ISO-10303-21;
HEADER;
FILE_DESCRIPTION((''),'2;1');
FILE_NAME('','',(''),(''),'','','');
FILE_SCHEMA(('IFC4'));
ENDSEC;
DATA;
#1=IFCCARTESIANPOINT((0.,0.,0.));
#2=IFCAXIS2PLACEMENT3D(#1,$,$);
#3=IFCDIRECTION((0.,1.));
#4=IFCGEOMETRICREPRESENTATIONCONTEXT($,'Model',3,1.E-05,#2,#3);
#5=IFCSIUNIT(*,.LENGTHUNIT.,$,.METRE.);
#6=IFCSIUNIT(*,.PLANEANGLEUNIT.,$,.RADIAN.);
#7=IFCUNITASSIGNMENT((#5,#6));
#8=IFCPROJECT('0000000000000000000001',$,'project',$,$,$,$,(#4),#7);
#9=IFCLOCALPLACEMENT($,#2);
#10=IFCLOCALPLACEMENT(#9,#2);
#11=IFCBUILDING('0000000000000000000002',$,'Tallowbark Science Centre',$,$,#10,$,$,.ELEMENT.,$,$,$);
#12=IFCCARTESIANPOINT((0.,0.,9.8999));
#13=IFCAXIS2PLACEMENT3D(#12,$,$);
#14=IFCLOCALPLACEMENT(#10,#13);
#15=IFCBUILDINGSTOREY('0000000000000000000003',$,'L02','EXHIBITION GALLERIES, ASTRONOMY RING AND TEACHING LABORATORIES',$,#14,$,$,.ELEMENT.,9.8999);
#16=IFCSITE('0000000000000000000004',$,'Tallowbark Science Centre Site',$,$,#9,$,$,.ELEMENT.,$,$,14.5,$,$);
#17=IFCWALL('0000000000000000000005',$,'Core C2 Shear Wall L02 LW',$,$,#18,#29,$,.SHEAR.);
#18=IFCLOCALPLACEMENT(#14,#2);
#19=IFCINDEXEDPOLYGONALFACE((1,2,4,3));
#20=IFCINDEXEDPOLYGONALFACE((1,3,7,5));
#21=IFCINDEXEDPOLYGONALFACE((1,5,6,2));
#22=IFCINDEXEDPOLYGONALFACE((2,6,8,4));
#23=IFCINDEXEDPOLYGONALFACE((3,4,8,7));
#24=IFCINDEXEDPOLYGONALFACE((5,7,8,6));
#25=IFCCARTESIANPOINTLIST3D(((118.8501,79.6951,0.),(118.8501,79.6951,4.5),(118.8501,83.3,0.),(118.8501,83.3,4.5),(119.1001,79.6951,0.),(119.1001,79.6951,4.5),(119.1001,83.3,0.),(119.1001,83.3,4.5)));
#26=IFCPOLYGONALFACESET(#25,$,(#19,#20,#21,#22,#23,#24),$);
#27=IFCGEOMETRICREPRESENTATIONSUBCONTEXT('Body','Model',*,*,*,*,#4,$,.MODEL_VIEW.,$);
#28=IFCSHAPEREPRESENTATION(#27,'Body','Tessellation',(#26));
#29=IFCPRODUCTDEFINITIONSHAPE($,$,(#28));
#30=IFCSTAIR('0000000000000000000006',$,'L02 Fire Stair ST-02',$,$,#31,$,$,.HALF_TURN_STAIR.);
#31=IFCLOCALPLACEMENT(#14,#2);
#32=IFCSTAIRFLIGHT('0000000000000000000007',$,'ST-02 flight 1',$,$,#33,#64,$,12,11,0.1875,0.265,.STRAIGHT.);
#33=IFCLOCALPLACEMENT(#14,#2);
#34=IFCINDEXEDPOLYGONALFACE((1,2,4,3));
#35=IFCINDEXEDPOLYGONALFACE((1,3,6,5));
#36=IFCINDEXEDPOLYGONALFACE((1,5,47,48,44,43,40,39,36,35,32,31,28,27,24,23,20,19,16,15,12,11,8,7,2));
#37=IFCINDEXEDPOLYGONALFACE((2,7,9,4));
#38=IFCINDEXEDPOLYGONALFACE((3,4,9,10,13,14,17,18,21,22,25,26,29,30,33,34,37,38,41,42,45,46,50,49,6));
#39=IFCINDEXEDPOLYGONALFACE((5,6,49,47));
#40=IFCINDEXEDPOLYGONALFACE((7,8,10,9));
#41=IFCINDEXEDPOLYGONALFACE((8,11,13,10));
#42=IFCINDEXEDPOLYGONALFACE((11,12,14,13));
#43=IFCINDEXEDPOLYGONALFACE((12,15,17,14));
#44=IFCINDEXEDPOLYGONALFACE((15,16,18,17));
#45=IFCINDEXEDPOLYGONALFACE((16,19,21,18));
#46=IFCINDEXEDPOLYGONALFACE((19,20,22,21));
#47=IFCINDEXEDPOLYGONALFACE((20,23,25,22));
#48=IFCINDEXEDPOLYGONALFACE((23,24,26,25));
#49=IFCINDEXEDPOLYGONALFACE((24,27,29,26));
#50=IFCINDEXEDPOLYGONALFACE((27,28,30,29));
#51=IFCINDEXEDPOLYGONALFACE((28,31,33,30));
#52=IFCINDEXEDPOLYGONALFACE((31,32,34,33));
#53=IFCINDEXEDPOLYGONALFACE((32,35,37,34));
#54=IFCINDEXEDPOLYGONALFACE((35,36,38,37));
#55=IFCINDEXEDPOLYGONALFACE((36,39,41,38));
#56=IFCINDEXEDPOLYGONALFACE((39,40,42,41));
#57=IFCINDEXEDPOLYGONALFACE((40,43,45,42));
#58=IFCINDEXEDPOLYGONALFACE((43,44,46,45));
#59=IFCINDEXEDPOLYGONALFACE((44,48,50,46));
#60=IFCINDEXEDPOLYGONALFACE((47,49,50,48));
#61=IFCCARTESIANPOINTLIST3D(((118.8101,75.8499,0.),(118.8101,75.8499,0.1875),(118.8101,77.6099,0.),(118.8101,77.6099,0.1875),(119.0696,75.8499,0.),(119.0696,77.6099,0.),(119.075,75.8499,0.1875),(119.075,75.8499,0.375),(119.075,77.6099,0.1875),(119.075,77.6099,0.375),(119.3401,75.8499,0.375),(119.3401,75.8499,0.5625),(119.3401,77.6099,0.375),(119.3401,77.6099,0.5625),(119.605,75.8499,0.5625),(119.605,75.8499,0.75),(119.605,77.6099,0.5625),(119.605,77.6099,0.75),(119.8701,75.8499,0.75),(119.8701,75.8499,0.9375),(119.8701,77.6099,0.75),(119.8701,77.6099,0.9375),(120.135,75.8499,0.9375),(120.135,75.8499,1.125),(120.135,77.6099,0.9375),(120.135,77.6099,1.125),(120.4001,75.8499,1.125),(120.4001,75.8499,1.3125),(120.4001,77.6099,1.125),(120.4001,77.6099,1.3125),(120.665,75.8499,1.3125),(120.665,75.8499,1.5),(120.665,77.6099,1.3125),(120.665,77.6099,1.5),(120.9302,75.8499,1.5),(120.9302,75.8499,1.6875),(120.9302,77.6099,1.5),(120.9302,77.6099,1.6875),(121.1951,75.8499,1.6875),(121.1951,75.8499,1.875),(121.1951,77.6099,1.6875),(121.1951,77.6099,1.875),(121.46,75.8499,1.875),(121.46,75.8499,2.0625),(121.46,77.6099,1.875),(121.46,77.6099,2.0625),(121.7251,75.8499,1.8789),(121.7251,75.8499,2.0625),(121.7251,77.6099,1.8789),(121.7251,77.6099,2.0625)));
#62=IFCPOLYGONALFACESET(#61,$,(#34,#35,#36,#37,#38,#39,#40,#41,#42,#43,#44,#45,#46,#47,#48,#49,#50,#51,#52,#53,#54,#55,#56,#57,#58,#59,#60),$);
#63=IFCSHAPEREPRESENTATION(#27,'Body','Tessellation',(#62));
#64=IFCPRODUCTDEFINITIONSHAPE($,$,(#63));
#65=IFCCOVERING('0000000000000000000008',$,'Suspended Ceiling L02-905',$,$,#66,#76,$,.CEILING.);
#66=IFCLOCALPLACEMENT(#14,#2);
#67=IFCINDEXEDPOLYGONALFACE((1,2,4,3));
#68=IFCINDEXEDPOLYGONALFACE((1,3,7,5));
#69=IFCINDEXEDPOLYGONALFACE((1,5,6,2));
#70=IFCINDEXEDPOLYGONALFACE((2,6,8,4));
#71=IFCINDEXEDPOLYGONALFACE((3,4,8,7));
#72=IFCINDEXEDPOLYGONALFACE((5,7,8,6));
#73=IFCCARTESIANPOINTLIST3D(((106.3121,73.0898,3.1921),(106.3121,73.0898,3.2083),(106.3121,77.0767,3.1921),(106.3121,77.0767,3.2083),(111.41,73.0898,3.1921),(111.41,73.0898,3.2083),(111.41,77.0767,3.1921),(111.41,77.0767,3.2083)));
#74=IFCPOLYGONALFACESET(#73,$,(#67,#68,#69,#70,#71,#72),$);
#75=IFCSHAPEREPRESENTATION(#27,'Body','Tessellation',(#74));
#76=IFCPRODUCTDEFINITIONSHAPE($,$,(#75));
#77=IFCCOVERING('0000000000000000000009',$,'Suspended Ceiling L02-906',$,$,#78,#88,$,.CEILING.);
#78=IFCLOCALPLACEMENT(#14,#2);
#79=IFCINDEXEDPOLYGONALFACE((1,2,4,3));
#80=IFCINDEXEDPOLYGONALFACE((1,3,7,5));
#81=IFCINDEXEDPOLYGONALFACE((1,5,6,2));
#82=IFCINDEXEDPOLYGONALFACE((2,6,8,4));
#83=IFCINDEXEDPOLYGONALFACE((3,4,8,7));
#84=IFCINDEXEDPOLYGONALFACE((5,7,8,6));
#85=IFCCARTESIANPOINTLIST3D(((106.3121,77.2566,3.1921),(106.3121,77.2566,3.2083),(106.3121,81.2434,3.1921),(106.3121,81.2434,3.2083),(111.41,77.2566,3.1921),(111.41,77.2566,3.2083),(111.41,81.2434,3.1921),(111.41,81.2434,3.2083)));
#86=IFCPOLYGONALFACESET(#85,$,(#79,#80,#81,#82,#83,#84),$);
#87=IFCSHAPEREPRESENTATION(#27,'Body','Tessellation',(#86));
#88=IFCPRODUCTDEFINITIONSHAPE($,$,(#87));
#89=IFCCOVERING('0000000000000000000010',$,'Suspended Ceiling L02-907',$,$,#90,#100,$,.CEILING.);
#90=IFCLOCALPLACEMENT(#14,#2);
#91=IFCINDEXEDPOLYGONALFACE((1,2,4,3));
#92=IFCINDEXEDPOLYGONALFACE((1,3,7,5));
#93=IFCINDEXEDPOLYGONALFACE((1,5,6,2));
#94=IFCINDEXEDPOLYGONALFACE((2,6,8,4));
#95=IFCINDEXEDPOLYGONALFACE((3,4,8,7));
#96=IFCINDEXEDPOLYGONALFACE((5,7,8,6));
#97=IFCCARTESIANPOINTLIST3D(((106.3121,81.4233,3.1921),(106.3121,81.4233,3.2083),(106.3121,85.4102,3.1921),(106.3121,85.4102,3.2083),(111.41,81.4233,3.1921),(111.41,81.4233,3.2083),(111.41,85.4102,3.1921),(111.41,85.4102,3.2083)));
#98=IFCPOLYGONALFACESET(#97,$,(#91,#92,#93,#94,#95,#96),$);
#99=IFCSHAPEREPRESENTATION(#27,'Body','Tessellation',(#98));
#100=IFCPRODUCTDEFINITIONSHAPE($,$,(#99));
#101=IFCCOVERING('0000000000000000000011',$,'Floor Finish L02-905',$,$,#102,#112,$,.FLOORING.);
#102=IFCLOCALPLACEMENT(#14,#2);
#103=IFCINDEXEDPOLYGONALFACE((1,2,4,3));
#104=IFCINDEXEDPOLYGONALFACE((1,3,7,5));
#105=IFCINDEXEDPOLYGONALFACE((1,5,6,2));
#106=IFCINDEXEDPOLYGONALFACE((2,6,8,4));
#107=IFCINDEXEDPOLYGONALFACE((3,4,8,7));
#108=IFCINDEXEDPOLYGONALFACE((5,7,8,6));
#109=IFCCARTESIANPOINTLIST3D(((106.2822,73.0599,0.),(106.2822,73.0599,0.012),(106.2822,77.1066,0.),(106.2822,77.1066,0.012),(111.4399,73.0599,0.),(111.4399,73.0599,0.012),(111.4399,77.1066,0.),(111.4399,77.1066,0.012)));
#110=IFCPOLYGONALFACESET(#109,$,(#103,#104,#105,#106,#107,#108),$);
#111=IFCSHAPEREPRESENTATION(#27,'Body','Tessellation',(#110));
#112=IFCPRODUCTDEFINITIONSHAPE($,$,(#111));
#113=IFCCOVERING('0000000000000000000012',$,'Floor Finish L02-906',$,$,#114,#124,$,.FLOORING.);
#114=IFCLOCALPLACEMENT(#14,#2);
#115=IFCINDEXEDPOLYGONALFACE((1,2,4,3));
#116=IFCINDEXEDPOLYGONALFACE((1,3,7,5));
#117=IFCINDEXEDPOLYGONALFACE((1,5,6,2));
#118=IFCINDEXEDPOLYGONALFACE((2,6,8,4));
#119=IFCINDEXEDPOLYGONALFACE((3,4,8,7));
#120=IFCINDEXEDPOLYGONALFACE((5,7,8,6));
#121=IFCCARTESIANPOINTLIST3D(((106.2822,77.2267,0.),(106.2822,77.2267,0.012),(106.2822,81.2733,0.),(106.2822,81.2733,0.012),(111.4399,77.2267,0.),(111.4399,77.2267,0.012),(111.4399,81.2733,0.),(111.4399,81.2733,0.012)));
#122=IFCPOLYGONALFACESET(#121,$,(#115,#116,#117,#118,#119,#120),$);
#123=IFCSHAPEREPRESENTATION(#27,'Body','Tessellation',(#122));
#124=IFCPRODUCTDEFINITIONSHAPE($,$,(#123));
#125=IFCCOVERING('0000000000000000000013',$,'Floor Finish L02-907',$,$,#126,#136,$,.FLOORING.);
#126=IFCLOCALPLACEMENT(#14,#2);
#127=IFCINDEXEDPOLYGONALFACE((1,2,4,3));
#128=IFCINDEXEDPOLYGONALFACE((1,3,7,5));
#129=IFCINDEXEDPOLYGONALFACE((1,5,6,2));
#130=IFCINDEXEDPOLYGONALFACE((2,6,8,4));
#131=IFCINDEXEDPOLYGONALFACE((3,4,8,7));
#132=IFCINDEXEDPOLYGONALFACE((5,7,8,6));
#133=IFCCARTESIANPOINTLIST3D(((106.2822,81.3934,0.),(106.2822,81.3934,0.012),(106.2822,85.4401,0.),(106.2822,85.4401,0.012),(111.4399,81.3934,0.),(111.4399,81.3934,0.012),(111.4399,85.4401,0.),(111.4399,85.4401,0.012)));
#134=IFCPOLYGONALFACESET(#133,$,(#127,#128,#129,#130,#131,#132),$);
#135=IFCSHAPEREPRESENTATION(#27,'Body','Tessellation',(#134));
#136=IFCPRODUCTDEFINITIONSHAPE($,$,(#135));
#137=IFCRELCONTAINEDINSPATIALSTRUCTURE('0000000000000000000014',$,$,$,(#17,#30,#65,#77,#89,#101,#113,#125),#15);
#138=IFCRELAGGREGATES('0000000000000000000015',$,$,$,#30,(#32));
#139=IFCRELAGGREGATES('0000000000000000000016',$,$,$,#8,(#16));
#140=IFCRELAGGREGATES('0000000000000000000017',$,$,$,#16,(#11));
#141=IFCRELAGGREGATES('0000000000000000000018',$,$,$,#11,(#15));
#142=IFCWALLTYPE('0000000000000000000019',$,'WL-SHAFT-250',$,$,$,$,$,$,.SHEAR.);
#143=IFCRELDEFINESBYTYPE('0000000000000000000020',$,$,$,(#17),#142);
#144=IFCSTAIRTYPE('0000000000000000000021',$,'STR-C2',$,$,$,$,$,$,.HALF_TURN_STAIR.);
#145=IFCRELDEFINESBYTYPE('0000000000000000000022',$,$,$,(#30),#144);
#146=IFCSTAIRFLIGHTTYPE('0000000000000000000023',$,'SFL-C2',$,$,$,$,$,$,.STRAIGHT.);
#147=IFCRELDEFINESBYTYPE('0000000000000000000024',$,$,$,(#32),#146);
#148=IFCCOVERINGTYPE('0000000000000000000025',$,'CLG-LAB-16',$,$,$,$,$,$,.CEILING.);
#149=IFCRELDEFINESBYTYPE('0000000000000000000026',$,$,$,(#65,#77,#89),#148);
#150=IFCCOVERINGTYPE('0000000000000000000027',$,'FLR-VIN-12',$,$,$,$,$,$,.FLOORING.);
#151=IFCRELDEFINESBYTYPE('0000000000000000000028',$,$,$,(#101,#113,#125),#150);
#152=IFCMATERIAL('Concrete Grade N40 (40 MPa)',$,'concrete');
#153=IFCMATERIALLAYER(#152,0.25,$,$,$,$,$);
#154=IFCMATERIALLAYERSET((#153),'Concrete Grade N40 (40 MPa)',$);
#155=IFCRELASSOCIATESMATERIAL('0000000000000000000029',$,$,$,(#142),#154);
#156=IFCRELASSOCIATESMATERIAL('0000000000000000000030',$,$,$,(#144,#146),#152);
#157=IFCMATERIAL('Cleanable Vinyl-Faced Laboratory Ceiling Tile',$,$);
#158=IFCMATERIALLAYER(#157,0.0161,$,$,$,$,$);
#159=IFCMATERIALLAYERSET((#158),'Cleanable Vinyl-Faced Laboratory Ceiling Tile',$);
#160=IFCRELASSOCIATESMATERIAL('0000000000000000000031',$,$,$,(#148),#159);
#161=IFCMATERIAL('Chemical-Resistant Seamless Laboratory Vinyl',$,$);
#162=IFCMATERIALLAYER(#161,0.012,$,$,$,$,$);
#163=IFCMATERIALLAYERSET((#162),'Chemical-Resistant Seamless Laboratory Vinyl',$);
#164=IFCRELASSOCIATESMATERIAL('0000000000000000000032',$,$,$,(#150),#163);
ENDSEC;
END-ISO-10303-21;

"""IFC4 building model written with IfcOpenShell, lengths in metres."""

from ifc_helpers import new_model, si_unit, direction, frame, frame_2d, origin, origin_2d, place, context, subcontext, project, spatial, polyline, rectangle, outline, extrude, material, layer, layer_set, type_object, element, aggregate, save


model = new_model("IFC4")

# Units and contexts
model_context = context("Model", 3, precision=1e-05, world=origin(), true_north=direction((0.0, 1.0)))
body_context = subcontext(model_context, "Body", "Model", "MODEL_VIEW")
ifc_project = project(units=[si_unit("LENGTHUNIT", "METRE"), si_unit("PLANEANGLEUNIT", "RADIAN")], contexts=[model_context])

# Site, building, storey
site_placement = place(None, origin())
site = spatial("IfcSite", under=ifc_project, at=site_placement, Name="Tallowbark Science Centre Site", CompositionType="ELEMENT", RefElevation=14.5)
building_placement = place(site_placement, origin())
building = spatial("IfcBuilding", under=site, at=building_placement, Name="Tallowbark Science Centre", CompositionType="ELEMENT")
storey_placement = place(building_placement, frame((0.0, 0.0, 9.8999)))
storey = spatial("IfcBuildingStorey", under=building, at=storey_placement, Name="L02", Description="EXHIBITION GALLERIES, ASTRONOMY RING AND TEACHING LABORATORIES", CompositionType="ELEMENT", Elevation=9.8999)

# Shared definitions
ifc_material_1 = material(Name="Concrete Grade N40 (40 MPa)", Category="concrete")

# Wall
ifc_layer_1 = layer(ifc_material_1, 0.25)
ifc_layer_set_1 = layer_set([ifc_layer_1], Name="Concrete Grade N40 (40 MPa)")
wall_type_1 = type_object("IfcWallType", Name="WL-SHAFT-250", PredefinedType="SHEAR", material=ifc_layer_set_1)
wall_1_placement = place(storey_placement, frame((118.9751, 79.6951, 0.0), z_axis=(0.0, 0.0, 1.0), x_axis=(0.0, 1.0, 0.0)))
element("IfcWall", 1, at=wall_1_placement, inside=storey, type_object=wall_type_1, Name="Core C2 Shear Wall L02 LW", PredefinedType="SHEAR", context=body_context, shape_type="SweptSolid", body=[
    extrude(rectangle(XDim=3.605, YDim=0.25, at=frame_2d((1.8025, 0.0))), origin(), (0.0, 0.0, 1.0), 4.5),
])

# Stair, stair flight
stair_type = type_object("IfcStairType", Name="STR-C2", PredefinedType="HALF_TURN_STAIR", material=ifc_material_1)
stair_placement = place(storey_placement, origin())
stair = element("IfcStair", 2, at=stair_placement, inside=storey, type_object=stair_type, Name="L02 Fire Stair ST-02", PredefinedType="HALF_TURN_STAIR")
stair_flight_type = type_object("IfcStairFlightType", Name="SFL-C2", PredefinedType="STRAIGHT", material=ifc_material_1)
stair_flight_placement = place(storey_placement, frame((118.8101, 76.73, 0.0), z_axis=(0.0, 0.0, 1.0), x_axis=(1.0, 0.0, 0.0)))
stair_flight = element("IfcStairFlight", 3, at=stair_flight_placement, type_object=stair_flight_type, Name="ST-02 flight 1", NumberOfRisers=12, NumberOfTreads=11, PredefinedType="STRAIGHT", RiserHeight=0.1875, TreadLength=0.265, context=body_context, shape_type="SweptSolid", body=[
    extrude(outline(polyline([(0.0, 0.0), (0.0, 0.1875), (0.2649, 0.1875), (0.2649, 0.375), (0.53, 0.375), (0.53, 0.5625), (0.7949, 0.5625), (0.7949, 0.75), (1.0601, 0.75), (1.0601, 0.9375), (1.325, 0.9375), (1.325, 1.125), (1.5901, 1.125), (1.5901, 1.3125), (1.855, 1.3125), (1.855, 1.5), (2.1201, 1.5), (2.1201, 1.6875), (2.385, 1.6875), (2.385, 1.875), (2.6499, 1.875), (2.6499, 2.0625), (2.915, 2.0625), (2.915, 2.25), (2.915, 1.8789), (0.2595, 0.0), (0.0, 0.0)])), frame((0.0, 0.8799, 0.0), z_axis=(0.0, -1.0, 0.0), x_axis=(1.0, 0.0, 0.0)), (0.0, 0.0, 1.0), 1.76),
])
aggregate(stair, [stair_flight])

# Coverings
ifc_material_2 = material(Name="Cleanable Vinyl-Faced Laboratory Ceiling Tile")
ifc_layer_2 = layer(ifc_material_2, 0.0161)
ifc_layer_set_2 = layer_set([ifc_layer_2], Name="Cleanable Vinyl-Faced Laboratory Ceiling Tile")
covering_type_1 = type_object("IfcCoveringType", Name="CLG-LAB-16", PredefinedType="CEILING", material=ifc_layer_set_2)
for number, where, z_axis, x_axis, name in (
    (4, (108.8611, 75.0833, 3.1921), (0.0, 0.0, 1.0), (1.0, 0.0, 0.0), "Suspended Ceiling L02-905"),
    (5, (108.8611, 79.25, 3.1921), (0.0, 0.0, 1.0), (1.0, 0.0, 0.0), "Suspended Ceiling L02-906"),
    (6, (108.8611, 83.4167, 3.1921), (0.0, 0.0, 1.0), (1.0, 0.0, 0.0), "Suspended Ceiling L02-907"),
):
    element("IfcCovering", number, at=place(storey_placement, frame(where, z_axis=z_axis, x_axis=x_axis)), inside=storey, type_object=covering_type_1, Name=name, PredefinedType="CEILING", context=body_context, shape_type="SweptSolid", body=[
        extrude(rectangle(XDim=5.0979, YDim=3.9868, at=origin_2d()), origin(), (0.0, 0.0, 1.0), 0.0161),
    ])
ifc_material_3 = material(Name="Chemical-Resistant Seamless Laboratory Vinyl")
ifc_layer_3 = layer(ifc_material_3, 0.012)
ifc_layer_set_3 = layer_set([ifc_layer_3], Name="Chemical-Resistant Seamless Laboratory Vinyl")
covering_type_2 = type_object("IfcCoveringType", Name="FLR-VIN-12", PredefinedType="FLOORING", material=ifc_layer_set_3)
for number, where, z_axis, x_axis, name in (
    (7, (108.8611, 75.0833, 0.0), (0.0, 0.0, 1.0), (1.0, 0.0, 0.0), "Floor Finish L02-905"),
    (8, (108.8611, 79.25, 0.0), (0.0, 0.0, 1.0), (1.0, 0.0, 0.0), "Floor Finish L02-906"),
    (9, (108.8611, 83.4167, 0.0), (0.0, 0.0, 1.0), (1.0, 0.0, 0.0), "Floor Finish L02-907"),
):
    element("IfcCovering", number, at=place(storey_placement, frame(where, z_axis=z_axis, x_axis=x_axis)), inside=storey, type_object=covering_type_2, Name=name, PredefinedType="FLOORING", context=body_context, shape_type="SweptSolid", body=[
        extrude(rectangle(XDim=5.1577, YDim=4.0466, at=origin_2d()), origin(), (0.0, 0.0, 1.0), 0.012),
    ])

save(model, "model.ifc")
